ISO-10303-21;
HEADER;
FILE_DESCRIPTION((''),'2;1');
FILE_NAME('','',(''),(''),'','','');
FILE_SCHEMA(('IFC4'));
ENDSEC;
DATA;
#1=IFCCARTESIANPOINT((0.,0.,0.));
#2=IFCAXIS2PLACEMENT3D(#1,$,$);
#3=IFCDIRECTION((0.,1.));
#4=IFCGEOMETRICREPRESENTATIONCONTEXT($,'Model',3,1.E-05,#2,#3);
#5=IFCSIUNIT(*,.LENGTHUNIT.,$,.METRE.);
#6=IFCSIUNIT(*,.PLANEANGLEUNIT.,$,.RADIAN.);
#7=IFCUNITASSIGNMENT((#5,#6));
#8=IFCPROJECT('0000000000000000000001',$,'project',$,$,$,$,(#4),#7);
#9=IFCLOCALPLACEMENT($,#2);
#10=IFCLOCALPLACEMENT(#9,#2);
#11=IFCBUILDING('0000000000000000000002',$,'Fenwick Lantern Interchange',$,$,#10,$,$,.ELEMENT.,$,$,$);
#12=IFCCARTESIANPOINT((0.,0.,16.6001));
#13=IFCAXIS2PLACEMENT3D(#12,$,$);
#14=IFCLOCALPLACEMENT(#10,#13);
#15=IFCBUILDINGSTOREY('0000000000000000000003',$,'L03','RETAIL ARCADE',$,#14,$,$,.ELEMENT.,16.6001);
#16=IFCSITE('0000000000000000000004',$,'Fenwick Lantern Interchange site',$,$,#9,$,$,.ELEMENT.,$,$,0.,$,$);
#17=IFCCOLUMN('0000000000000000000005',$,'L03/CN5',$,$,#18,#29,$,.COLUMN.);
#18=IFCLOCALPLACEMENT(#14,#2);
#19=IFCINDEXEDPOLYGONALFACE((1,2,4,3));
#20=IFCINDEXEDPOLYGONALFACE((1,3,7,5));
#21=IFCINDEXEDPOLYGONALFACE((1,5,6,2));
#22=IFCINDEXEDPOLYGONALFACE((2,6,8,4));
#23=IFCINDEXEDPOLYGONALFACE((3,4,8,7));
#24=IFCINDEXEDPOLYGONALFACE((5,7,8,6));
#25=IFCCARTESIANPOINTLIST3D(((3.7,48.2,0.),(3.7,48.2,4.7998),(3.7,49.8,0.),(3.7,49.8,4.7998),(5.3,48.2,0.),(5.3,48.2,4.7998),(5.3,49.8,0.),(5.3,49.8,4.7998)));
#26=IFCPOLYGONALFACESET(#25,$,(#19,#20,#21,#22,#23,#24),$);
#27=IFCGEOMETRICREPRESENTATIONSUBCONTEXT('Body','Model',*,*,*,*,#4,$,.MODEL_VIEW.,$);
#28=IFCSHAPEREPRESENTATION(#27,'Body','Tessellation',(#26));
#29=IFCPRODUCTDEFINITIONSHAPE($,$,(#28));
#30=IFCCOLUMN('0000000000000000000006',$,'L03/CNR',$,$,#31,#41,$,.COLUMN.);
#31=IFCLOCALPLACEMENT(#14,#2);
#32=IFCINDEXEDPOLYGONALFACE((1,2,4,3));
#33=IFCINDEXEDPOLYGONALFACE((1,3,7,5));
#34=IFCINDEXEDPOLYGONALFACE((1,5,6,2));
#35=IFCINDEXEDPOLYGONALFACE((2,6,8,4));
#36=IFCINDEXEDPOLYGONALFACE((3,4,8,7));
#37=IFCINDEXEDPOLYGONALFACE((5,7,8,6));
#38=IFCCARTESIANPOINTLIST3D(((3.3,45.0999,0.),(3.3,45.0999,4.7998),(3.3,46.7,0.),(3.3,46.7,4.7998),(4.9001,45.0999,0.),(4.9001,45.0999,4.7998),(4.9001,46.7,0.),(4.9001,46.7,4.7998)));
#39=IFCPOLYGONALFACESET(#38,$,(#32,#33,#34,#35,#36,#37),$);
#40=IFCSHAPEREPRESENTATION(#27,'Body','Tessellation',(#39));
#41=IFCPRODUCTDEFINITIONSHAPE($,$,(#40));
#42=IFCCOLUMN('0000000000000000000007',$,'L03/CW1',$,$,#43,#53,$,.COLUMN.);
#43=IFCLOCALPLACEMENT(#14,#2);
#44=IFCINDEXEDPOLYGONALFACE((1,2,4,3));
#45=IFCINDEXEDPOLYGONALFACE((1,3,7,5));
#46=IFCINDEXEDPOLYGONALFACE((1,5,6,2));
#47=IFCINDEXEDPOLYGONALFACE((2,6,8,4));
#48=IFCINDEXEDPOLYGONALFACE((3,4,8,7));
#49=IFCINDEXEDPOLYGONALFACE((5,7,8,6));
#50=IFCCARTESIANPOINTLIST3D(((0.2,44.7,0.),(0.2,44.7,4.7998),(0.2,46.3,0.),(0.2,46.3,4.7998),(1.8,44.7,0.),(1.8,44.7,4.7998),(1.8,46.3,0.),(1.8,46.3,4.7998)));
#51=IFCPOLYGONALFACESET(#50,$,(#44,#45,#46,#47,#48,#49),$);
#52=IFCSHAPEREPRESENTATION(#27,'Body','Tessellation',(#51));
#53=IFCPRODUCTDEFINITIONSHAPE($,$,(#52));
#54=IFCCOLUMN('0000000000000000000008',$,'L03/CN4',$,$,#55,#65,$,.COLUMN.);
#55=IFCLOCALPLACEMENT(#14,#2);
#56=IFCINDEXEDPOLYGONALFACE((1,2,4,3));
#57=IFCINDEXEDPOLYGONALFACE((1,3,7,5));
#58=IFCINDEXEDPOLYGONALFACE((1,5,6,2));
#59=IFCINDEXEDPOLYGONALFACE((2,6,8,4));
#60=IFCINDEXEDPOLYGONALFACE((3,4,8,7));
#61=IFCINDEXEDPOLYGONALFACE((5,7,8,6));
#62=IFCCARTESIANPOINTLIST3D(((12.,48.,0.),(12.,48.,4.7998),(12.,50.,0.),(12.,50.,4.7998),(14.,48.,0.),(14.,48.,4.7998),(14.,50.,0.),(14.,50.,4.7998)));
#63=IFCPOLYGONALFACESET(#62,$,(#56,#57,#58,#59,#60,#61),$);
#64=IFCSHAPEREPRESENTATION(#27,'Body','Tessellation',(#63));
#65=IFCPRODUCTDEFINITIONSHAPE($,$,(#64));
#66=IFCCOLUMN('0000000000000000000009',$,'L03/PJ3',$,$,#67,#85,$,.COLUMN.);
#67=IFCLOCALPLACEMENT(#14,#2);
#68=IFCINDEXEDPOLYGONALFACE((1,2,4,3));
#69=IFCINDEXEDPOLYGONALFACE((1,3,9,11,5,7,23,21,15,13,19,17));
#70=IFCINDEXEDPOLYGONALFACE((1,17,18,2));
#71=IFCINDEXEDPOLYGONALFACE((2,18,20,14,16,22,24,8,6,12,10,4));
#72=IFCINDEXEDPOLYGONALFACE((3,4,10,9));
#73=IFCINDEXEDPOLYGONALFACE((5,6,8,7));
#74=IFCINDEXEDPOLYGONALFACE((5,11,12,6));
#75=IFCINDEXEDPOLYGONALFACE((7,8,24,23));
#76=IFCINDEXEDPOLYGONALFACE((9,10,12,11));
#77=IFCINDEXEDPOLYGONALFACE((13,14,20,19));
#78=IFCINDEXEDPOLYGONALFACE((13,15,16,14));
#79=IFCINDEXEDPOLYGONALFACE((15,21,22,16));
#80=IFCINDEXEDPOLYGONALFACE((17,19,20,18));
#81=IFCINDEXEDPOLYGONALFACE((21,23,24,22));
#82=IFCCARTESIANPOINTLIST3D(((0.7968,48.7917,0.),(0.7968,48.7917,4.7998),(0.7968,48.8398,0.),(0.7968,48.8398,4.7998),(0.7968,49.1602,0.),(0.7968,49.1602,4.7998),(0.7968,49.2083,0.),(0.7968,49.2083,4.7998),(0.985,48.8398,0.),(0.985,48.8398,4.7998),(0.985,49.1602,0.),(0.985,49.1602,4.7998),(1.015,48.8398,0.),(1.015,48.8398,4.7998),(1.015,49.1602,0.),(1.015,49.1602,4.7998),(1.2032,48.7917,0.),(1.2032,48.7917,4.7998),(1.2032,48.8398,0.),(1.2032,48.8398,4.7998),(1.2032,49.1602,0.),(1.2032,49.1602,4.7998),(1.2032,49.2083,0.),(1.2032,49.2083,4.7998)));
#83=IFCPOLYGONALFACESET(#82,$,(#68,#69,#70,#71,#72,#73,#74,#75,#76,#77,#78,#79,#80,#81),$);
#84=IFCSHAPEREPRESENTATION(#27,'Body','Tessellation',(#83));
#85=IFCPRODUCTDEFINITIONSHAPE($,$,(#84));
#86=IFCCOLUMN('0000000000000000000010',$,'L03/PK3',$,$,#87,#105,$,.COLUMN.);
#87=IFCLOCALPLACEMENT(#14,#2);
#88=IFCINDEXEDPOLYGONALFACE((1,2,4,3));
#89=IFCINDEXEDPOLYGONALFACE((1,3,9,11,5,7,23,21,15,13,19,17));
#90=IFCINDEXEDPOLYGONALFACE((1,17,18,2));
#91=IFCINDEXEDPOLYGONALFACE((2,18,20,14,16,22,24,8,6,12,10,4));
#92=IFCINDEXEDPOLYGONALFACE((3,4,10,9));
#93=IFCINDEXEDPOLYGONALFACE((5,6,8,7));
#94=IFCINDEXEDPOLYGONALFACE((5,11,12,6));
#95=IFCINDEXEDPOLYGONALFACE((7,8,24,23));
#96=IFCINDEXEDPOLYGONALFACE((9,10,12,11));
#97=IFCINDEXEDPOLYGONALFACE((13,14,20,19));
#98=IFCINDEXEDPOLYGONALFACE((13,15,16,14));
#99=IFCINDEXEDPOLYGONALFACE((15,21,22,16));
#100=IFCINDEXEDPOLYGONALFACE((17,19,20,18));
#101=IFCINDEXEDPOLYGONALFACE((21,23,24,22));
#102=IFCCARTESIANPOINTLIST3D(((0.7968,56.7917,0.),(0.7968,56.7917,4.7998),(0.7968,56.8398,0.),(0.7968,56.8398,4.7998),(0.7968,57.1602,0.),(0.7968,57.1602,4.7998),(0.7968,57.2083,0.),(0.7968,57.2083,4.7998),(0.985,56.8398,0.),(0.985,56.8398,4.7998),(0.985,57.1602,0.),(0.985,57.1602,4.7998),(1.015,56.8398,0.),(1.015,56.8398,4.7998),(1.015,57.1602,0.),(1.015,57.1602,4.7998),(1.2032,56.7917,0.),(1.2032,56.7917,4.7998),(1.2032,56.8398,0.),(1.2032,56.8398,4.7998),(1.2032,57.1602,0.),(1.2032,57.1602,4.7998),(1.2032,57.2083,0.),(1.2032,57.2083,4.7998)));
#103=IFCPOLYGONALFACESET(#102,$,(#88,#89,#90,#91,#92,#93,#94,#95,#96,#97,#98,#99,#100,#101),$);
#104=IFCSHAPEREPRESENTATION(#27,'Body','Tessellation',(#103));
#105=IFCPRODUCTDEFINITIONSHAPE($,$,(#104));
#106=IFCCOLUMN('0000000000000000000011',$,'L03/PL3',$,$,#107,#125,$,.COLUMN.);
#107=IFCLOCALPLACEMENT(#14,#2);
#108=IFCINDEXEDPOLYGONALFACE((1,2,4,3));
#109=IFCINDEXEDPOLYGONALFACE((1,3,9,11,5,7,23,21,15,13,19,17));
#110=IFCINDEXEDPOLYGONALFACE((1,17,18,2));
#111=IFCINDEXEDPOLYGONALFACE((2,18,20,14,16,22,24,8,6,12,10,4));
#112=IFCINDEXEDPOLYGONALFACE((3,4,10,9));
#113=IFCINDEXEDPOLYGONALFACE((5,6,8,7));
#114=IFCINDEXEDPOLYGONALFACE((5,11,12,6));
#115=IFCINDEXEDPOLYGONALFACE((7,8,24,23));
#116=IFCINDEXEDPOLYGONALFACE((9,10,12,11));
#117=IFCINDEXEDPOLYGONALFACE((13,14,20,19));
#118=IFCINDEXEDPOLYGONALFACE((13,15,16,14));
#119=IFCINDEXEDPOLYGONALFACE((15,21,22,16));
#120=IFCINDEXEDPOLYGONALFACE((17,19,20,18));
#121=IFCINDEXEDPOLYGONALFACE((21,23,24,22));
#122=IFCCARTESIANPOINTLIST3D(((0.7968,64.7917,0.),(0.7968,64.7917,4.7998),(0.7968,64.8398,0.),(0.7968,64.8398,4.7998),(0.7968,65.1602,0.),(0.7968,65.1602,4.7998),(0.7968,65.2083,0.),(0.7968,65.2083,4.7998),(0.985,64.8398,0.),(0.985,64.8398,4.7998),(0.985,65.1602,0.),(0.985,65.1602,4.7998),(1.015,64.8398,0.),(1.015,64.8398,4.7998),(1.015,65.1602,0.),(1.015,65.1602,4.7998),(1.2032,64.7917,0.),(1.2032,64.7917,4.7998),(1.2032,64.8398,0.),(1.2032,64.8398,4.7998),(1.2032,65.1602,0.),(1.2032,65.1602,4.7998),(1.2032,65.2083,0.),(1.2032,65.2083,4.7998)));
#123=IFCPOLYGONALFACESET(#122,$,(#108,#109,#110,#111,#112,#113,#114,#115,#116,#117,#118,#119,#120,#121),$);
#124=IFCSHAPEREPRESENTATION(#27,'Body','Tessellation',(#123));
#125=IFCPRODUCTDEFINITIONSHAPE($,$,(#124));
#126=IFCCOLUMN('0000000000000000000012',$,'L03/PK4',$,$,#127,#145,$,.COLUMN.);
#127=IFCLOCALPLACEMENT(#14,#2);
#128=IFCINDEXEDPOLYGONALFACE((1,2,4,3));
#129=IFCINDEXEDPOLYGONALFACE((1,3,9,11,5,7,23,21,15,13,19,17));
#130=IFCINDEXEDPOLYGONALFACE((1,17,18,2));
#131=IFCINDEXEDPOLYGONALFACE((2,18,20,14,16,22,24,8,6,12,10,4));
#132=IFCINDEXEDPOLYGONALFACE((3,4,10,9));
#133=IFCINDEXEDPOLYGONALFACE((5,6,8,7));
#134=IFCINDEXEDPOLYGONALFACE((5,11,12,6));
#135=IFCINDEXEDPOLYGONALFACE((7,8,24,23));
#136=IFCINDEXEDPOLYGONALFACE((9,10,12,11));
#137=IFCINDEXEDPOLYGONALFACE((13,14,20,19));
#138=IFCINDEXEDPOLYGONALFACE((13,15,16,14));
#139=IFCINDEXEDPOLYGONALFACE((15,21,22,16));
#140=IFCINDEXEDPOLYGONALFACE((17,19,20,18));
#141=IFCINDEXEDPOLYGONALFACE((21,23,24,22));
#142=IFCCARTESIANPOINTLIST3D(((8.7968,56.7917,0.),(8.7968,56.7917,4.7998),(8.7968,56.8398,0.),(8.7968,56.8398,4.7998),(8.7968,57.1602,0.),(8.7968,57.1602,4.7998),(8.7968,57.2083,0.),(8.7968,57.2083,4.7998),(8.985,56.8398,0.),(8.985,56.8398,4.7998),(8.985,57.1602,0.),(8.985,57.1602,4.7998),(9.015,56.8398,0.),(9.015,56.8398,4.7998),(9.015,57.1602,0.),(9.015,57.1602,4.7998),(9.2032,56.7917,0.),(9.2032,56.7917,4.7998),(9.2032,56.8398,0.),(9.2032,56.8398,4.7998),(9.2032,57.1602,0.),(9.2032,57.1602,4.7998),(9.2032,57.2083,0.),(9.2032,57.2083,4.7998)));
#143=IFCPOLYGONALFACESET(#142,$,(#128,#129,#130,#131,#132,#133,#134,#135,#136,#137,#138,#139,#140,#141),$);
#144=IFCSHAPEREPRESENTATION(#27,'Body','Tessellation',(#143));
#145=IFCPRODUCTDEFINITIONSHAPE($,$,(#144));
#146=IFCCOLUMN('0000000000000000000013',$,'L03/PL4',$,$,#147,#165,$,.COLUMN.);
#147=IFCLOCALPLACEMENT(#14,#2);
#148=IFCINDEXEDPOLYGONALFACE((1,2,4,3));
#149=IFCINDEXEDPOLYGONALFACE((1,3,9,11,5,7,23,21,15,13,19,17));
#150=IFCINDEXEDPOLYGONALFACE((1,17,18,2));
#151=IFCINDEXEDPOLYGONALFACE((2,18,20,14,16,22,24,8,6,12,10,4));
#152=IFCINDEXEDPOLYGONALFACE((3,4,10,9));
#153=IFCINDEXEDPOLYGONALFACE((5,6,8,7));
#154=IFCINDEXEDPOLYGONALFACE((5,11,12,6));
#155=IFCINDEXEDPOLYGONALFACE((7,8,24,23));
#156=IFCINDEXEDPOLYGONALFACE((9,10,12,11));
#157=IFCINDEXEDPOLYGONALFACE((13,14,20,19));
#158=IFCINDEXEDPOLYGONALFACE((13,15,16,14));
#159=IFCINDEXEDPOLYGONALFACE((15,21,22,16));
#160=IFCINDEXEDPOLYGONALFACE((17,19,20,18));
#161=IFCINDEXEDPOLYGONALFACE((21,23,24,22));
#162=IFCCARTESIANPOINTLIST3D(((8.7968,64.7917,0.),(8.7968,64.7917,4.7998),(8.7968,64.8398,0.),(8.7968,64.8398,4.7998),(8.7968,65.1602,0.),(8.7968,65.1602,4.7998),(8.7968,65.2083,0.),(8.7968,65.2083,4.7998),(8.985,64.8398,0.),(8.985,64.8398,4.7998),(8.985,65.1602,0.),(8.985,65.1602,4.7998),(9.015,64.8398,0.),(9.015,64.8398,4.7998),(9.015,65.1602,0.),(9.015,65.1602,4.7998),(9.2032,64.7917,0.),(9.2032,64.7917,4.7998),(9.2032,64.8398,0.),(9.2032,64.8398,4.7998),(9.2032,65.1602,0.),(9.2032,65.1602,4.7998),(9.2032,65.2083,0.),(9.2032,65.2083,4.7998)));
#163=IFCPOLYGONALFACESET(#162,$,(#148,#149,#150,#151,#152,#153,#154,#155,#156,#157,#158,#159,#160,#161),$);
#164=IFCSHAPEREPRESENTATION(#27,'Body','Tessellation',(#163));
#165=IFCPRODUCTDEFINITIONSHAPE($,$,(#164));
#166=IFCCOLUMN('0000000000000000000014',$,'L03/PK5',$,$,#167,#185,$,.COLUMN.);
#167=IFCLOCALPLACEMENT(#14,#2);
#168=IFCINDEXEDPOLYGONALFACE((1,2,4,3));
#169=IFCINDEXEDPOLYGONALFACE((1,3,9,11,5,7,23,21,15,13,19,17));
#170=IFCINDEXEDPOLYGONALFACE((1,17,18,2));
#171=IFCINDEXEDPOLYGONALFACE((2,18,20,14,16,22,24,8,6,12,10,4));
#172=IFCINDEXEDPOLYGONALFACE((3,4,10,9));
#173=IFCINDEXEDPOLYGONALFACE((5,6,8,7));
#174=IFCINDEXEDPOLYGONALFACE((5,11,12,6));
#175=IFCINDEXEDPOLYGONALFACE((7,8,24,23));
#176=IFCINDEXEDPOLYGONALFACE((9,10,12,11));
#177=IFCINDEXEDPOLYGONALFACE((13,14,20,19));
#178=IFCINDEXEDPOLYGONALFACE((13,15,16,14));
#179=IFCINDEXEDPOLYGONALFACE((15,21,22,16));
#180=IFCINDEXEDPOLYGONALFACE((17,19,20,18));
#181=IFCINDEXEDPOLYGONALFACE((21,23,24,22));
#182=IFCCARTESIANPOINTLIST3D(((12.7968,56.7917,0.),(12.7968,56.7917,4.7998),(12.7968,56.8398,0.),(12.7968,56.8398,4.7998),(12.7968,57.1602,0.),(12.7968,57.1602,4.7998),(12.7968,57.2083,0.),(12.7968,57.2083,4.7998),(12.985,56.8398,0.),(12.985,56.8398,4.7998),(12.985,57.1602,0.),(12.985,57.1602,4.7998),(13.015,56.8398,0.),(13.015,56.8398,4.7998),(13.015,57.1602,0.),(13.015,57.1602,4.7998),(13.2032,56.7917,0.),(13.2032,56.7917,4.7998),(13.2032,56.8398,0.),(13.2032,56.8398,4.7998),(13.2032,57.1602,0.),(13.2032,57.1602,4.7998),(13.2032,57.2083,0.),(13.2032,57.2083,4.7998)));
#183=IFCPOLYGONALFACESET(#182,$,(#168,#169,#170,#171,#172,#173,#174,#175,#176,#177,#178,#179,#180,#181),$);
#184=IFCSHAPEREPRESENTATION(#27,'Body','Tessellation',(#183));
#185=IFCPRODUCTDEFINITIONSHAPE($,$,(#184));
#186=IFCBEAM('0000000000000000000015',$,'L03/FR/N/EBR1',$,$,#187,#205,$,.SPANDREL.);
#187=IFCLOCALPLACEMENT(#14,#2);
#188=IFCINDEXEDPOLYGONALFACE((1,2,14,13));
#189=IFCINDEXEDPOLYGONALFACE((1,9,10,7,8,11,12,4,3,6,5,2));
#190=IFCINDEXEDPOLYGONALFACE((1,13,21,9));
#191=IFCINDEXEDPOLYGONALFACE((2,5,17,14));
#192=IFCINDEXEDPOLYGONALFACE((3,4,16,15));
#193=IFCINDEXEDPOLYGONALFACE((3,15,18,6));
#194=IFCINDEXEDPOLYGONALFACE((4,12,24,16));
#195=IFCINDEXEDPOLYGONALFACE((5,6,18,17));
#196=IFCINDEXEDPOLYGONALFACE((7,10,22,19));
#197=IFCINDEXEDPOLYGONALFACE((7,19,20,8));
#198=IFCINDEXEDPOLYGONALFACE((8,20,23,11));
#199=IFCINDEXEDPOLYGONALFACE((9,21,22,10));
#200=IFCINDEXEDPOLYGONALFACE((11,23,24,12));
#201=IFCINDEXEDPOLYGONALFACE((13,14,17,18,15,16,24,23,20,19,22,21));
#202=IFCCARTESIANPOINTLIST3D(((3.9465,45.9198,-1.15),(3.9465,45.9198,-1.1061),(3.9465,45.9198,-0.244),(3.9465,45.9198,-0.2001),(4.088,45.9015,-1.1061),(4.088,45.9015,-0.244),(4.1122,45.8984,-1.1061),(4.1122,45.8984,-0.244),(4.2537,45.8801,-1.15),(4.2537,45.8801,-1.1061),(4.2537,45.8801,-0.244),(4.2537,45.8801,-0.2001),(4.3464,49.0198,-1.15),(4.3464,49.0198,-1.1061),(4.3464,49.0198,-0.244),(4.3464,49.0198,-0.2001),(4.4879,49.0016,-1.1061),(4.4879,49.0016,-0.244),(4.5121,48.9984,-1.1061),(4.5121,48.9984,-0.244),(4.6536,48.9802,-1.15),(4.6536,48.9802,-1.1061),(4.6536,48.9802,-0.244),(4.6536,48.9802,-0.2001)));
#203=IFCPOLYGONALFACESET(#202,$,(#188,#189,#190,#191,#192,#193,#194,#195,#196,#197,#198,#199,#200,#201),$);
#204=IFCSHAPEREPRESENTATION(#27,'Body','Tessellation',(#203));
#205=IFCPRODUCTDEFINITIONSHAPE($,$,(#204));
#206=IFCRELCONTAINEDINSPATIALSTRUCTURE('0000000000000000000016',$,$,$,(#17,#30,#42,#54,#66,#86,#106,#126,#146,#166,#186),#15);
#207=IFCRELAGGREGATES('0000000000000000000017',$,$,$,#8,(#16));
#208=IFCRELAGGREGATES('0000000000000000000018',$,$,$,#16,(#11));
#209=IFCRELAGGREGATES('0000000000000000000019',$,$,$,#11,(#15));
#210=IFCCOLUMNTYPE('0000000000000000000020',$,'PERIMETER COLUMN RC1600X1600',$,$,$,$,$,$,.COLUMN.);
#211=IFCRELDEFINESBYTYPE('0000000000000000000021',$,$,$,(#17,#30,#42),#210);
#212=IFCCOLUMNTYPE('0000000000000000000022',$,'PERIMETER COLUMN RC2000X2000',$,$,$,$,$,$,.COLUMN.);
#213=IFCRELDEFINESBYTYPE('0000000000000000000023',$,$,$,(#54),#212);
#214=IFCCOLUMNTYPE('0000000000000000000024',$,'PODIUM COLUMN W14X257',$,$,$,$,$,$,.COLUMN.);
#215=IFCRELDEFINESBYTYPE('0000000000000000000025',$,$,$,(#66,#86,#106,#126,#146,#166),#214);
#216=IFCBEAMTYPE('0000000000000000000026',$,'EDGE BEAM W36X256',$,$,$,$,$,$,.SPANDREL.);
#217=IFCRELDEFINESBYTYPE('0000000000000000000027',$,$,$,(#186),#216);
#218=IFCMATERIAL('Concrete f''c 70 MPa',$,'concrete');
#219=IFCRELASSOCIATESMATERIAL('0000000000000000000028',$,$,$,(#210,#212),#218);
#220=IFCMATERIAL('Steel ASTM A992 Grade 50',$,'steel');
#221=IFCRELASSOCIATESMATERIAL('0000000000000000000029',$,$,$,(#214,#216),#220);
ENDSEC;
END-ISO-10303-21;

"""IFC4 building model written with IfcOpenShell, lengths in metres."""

from ifc_helpers import new_model, si_unit, direction, frame, origin, origin_2d, place, context, subcontext, project, spatial, rectangle, i_section, extrude, material, material_profile, profile_set, type_object, element, save


model = new_model("IFC4")

# Units and contexts
model_context = context("Model", 3, precision=1e-05, world=origin(), true_north=direction((0.0, 1.0)))
body_context = subcontext(model_context, "Body", "Model", "MODEL_VIEW")
ifc_project = project(units=[si_unit("LENGTHUNIT", "METRE"), si_unit("PLANEANGLEUNIT", "RADIAN")], contexts=[model_context])

# Site, building, storey
site_placement = place(None, origin())
site = spatial("IfcSite", under=ifc_project, at=site_placement, Name="Fenwick Lantern Interchange site", CompositionType="ELEMENT", RefElevation=0.0)
building_placement = place(site_placement, origin())
building = spatial("IfcBuilding", under=site, at=building_placement, Name="Fenwick Lantern Interchange", CompositionType="ELEMENT")
storey_placement = place(building_placement, frame((0.0, 0.0, 16.6001)))
storey = spatial("IfcBuildingStorey", under=building, at=storey_placement, Name="L03", Description="RETAIL ARCADE", CompositionType="ELEMENT", Elevation=16.6001)

# Columns
ifc_material_1 = material(Name="Concrete f'c 70 MPa", Category="concrete")
ifc_material_profile_1 = material_profile(ifc_material_1, rectangle(XDim=1.6001, YDim=1.6001, at=origin_2d()), Name="RC1600X1600")
ifc_profile_set_1 = profile_set([ifc_material_profile_1], Name="Concrete f'c 70 MPa")
column_type_1 = type_object("IfcColumnType", Name="PERIMETER COLUMN RC1600X1600", PredefinedType="COLUMN", material=ifc_profile_set_1)
for number, where, z_axis, x_axis, name in (
    (1, (4.5, 49.0, 0.0), (0.0, 0.0, 1.0), (1.0, 0.0, 0.0), "L03/CN5"),
    (2, (4.1001, 45.8999, 0.0), (0.0, 0.0, 1.0), (1.0, 0.0, 0.0), "L03/CNR"),
    (3, (1.0, 45.5, 0.0), (0.0, 0.0, 1.0), (1.0, 0.0, 0.0), "L03/CW1"),
):
    element("IfcColumn", number, at=place(storey_placement, frame(where, z_axis=z_axis, x_axis=x_axis)), inside=storey, type_object=column_type_1, Name=name, PredefinedType="COLUMN", context=body_context, shape_type="SweptSolid", body=[
        extrude(rectangle(XDim=1.6001, YDim=1.6001, at=origin_2d()), origin(), (0.0, 0.0, 1.0), 4.7998),
    ])
ifc_material_profile_2 = material_profile(ifc_material_1, rectangle(XDim=2.0, YDim=2.0, at=origin_2d()), Name="RC2000X2000")
ifc_profile_set_2 = profile_set([ifc_material_profile_2], Name="Concrete f'c 70 MPa")
column_type_2 = type_object("IfcColumnType", Name="PERIMETER COLUMN RC2000X2000", PredefinedType="COLUMN", material=ifc_profile_set_2)
column_placement = place(storey_placement, frame((13.0, 49.0, 0.0), z_axis=(0.0, 0.0, 1.0), x_axis=(1.0, 0.0, 0.0)))
element("IfcColumn", 4, at=column_placement, inside=storey, type_object=column_type_2, Name="L03/CN4", PredefinedType="COLUMN", context=body_context, shape_type="SweptSolid", body=[
    extrude(rectangle(XDim=2.0, YDim=2.0, at=origin_2d()), origin(), (0.0, 0.0, 1.0), 4.7998),
])
ifc_material_2 = material(Name="Steel ASTM A992 Grade 50", Category="steel")
ifc_material_profile_3 = material_profile(ifc_material_2, i_section(OverallWidth=0.4065, OverallDepth=0.4165, WebThickness=0.03, FlangeThickness=0.0481, at=origin_2d()), Name="W14X257")
ifc_profile_set_3 = profile_set([ifc_material_profile_3], Name="Steel ASTM A992 Grade 50")
column_type_3 = type_object("IfcColumnType", Name="PODIUM COLUMN W14X257", PredefinedType="COLUMN", material=ifc_profile_set_3)
for number, where, z_axis, x_axis, name in (
    (5, (1.0, 49.0, 0.0), (0.0, 0.0, 1.0), (1.0, 0.0, 0.0), "L03/PJ3"),
    (6, (1.0, 57.0, 0.0), (0.0, 0.0, 1.0), (1.0, 0.0, 0.0), "L03/PK3"),
    (7, (1.0, 65.0, 0.0), (0.0, 0.0, 1.0), (1.0, 0.0, 0.0), "L03/PL3"),
    (8, (9.0, 57.0, 0.0), (0.0, 0.0, 1.0), (1.0, 0.0, 0.0), "L03/PK4"),
    (9, (9.0, 65.0, 0.0), (0.0, 0.0, 1.0), (1.0, 0.0, 0.0), "L03/PL4"),
    (10, (13.0, 57.0, 0.0), (0.0, 0.0, 1.0), (1.0, 0.0, 0.0), "L03/PK5"),
):
    element("IfcColumn", number, at=place(storey_placement, frame(where, z_axis=z_axis, x_axis=x_axis)), inside=storey, type_object=column_type_3, Name=name, PredefinedType="COLUMN", context=body_context, shape_type="SweptSolid", body=[
        extrude(i_section(OverallWidth=0.4065, OverallDepth=0.4165, WebThickness=0.03, FlangeThickness=0.0481, at=origin_2d()), origin(), (0.0, 0.0, 1.0), 4.7998),
    ])

# Beam
ifc_material_profile_4 = material_profile(ifc_material_2, i_section(OverallWidth=0.3098, OverallDepth=0.95, WebThickness=0.0244, FlangeThickness=0.0439, at=origin_2d()), Name="W36X256")
ifc_profile_set_4 = profile_set([ifc_material_profile_4], Name="Steel ASTM A992 Grade 50")
beam_type_1 = type_object("IfcBeamType", Name="EDGE BEAM W36X256", PredefinedType="SPANDREL", material=ifc_profile_set_4)
for number, where, z_axis, x_axis, name in (
    (11, (4.5, 49.0, -0.675), (-0.127937, -0.991782, 0.0), (0.991782, -0.127937, 0.0), "L03/FR/N/EBR1"),
):
    element("IfcBeam", number, at=place(storey_placement, frame(where, z_axis=z_axis, x_axis=x_axis)), inside=storey, type_object=beam_type_1, Name=name, PredefinedType="SPANDREL", context=body_context, shape_type="SweptSolid", body=[
        extrude(i_section(OverallWidth=0.3098, OverallDepth=0.95, WebThickness=0.0244, FlangeThickness=0.0439, at=origin_2d()), origin(), (0.0, 0.0, 1.0), 3.1257),
    ])

save(model, "model.ifc")
